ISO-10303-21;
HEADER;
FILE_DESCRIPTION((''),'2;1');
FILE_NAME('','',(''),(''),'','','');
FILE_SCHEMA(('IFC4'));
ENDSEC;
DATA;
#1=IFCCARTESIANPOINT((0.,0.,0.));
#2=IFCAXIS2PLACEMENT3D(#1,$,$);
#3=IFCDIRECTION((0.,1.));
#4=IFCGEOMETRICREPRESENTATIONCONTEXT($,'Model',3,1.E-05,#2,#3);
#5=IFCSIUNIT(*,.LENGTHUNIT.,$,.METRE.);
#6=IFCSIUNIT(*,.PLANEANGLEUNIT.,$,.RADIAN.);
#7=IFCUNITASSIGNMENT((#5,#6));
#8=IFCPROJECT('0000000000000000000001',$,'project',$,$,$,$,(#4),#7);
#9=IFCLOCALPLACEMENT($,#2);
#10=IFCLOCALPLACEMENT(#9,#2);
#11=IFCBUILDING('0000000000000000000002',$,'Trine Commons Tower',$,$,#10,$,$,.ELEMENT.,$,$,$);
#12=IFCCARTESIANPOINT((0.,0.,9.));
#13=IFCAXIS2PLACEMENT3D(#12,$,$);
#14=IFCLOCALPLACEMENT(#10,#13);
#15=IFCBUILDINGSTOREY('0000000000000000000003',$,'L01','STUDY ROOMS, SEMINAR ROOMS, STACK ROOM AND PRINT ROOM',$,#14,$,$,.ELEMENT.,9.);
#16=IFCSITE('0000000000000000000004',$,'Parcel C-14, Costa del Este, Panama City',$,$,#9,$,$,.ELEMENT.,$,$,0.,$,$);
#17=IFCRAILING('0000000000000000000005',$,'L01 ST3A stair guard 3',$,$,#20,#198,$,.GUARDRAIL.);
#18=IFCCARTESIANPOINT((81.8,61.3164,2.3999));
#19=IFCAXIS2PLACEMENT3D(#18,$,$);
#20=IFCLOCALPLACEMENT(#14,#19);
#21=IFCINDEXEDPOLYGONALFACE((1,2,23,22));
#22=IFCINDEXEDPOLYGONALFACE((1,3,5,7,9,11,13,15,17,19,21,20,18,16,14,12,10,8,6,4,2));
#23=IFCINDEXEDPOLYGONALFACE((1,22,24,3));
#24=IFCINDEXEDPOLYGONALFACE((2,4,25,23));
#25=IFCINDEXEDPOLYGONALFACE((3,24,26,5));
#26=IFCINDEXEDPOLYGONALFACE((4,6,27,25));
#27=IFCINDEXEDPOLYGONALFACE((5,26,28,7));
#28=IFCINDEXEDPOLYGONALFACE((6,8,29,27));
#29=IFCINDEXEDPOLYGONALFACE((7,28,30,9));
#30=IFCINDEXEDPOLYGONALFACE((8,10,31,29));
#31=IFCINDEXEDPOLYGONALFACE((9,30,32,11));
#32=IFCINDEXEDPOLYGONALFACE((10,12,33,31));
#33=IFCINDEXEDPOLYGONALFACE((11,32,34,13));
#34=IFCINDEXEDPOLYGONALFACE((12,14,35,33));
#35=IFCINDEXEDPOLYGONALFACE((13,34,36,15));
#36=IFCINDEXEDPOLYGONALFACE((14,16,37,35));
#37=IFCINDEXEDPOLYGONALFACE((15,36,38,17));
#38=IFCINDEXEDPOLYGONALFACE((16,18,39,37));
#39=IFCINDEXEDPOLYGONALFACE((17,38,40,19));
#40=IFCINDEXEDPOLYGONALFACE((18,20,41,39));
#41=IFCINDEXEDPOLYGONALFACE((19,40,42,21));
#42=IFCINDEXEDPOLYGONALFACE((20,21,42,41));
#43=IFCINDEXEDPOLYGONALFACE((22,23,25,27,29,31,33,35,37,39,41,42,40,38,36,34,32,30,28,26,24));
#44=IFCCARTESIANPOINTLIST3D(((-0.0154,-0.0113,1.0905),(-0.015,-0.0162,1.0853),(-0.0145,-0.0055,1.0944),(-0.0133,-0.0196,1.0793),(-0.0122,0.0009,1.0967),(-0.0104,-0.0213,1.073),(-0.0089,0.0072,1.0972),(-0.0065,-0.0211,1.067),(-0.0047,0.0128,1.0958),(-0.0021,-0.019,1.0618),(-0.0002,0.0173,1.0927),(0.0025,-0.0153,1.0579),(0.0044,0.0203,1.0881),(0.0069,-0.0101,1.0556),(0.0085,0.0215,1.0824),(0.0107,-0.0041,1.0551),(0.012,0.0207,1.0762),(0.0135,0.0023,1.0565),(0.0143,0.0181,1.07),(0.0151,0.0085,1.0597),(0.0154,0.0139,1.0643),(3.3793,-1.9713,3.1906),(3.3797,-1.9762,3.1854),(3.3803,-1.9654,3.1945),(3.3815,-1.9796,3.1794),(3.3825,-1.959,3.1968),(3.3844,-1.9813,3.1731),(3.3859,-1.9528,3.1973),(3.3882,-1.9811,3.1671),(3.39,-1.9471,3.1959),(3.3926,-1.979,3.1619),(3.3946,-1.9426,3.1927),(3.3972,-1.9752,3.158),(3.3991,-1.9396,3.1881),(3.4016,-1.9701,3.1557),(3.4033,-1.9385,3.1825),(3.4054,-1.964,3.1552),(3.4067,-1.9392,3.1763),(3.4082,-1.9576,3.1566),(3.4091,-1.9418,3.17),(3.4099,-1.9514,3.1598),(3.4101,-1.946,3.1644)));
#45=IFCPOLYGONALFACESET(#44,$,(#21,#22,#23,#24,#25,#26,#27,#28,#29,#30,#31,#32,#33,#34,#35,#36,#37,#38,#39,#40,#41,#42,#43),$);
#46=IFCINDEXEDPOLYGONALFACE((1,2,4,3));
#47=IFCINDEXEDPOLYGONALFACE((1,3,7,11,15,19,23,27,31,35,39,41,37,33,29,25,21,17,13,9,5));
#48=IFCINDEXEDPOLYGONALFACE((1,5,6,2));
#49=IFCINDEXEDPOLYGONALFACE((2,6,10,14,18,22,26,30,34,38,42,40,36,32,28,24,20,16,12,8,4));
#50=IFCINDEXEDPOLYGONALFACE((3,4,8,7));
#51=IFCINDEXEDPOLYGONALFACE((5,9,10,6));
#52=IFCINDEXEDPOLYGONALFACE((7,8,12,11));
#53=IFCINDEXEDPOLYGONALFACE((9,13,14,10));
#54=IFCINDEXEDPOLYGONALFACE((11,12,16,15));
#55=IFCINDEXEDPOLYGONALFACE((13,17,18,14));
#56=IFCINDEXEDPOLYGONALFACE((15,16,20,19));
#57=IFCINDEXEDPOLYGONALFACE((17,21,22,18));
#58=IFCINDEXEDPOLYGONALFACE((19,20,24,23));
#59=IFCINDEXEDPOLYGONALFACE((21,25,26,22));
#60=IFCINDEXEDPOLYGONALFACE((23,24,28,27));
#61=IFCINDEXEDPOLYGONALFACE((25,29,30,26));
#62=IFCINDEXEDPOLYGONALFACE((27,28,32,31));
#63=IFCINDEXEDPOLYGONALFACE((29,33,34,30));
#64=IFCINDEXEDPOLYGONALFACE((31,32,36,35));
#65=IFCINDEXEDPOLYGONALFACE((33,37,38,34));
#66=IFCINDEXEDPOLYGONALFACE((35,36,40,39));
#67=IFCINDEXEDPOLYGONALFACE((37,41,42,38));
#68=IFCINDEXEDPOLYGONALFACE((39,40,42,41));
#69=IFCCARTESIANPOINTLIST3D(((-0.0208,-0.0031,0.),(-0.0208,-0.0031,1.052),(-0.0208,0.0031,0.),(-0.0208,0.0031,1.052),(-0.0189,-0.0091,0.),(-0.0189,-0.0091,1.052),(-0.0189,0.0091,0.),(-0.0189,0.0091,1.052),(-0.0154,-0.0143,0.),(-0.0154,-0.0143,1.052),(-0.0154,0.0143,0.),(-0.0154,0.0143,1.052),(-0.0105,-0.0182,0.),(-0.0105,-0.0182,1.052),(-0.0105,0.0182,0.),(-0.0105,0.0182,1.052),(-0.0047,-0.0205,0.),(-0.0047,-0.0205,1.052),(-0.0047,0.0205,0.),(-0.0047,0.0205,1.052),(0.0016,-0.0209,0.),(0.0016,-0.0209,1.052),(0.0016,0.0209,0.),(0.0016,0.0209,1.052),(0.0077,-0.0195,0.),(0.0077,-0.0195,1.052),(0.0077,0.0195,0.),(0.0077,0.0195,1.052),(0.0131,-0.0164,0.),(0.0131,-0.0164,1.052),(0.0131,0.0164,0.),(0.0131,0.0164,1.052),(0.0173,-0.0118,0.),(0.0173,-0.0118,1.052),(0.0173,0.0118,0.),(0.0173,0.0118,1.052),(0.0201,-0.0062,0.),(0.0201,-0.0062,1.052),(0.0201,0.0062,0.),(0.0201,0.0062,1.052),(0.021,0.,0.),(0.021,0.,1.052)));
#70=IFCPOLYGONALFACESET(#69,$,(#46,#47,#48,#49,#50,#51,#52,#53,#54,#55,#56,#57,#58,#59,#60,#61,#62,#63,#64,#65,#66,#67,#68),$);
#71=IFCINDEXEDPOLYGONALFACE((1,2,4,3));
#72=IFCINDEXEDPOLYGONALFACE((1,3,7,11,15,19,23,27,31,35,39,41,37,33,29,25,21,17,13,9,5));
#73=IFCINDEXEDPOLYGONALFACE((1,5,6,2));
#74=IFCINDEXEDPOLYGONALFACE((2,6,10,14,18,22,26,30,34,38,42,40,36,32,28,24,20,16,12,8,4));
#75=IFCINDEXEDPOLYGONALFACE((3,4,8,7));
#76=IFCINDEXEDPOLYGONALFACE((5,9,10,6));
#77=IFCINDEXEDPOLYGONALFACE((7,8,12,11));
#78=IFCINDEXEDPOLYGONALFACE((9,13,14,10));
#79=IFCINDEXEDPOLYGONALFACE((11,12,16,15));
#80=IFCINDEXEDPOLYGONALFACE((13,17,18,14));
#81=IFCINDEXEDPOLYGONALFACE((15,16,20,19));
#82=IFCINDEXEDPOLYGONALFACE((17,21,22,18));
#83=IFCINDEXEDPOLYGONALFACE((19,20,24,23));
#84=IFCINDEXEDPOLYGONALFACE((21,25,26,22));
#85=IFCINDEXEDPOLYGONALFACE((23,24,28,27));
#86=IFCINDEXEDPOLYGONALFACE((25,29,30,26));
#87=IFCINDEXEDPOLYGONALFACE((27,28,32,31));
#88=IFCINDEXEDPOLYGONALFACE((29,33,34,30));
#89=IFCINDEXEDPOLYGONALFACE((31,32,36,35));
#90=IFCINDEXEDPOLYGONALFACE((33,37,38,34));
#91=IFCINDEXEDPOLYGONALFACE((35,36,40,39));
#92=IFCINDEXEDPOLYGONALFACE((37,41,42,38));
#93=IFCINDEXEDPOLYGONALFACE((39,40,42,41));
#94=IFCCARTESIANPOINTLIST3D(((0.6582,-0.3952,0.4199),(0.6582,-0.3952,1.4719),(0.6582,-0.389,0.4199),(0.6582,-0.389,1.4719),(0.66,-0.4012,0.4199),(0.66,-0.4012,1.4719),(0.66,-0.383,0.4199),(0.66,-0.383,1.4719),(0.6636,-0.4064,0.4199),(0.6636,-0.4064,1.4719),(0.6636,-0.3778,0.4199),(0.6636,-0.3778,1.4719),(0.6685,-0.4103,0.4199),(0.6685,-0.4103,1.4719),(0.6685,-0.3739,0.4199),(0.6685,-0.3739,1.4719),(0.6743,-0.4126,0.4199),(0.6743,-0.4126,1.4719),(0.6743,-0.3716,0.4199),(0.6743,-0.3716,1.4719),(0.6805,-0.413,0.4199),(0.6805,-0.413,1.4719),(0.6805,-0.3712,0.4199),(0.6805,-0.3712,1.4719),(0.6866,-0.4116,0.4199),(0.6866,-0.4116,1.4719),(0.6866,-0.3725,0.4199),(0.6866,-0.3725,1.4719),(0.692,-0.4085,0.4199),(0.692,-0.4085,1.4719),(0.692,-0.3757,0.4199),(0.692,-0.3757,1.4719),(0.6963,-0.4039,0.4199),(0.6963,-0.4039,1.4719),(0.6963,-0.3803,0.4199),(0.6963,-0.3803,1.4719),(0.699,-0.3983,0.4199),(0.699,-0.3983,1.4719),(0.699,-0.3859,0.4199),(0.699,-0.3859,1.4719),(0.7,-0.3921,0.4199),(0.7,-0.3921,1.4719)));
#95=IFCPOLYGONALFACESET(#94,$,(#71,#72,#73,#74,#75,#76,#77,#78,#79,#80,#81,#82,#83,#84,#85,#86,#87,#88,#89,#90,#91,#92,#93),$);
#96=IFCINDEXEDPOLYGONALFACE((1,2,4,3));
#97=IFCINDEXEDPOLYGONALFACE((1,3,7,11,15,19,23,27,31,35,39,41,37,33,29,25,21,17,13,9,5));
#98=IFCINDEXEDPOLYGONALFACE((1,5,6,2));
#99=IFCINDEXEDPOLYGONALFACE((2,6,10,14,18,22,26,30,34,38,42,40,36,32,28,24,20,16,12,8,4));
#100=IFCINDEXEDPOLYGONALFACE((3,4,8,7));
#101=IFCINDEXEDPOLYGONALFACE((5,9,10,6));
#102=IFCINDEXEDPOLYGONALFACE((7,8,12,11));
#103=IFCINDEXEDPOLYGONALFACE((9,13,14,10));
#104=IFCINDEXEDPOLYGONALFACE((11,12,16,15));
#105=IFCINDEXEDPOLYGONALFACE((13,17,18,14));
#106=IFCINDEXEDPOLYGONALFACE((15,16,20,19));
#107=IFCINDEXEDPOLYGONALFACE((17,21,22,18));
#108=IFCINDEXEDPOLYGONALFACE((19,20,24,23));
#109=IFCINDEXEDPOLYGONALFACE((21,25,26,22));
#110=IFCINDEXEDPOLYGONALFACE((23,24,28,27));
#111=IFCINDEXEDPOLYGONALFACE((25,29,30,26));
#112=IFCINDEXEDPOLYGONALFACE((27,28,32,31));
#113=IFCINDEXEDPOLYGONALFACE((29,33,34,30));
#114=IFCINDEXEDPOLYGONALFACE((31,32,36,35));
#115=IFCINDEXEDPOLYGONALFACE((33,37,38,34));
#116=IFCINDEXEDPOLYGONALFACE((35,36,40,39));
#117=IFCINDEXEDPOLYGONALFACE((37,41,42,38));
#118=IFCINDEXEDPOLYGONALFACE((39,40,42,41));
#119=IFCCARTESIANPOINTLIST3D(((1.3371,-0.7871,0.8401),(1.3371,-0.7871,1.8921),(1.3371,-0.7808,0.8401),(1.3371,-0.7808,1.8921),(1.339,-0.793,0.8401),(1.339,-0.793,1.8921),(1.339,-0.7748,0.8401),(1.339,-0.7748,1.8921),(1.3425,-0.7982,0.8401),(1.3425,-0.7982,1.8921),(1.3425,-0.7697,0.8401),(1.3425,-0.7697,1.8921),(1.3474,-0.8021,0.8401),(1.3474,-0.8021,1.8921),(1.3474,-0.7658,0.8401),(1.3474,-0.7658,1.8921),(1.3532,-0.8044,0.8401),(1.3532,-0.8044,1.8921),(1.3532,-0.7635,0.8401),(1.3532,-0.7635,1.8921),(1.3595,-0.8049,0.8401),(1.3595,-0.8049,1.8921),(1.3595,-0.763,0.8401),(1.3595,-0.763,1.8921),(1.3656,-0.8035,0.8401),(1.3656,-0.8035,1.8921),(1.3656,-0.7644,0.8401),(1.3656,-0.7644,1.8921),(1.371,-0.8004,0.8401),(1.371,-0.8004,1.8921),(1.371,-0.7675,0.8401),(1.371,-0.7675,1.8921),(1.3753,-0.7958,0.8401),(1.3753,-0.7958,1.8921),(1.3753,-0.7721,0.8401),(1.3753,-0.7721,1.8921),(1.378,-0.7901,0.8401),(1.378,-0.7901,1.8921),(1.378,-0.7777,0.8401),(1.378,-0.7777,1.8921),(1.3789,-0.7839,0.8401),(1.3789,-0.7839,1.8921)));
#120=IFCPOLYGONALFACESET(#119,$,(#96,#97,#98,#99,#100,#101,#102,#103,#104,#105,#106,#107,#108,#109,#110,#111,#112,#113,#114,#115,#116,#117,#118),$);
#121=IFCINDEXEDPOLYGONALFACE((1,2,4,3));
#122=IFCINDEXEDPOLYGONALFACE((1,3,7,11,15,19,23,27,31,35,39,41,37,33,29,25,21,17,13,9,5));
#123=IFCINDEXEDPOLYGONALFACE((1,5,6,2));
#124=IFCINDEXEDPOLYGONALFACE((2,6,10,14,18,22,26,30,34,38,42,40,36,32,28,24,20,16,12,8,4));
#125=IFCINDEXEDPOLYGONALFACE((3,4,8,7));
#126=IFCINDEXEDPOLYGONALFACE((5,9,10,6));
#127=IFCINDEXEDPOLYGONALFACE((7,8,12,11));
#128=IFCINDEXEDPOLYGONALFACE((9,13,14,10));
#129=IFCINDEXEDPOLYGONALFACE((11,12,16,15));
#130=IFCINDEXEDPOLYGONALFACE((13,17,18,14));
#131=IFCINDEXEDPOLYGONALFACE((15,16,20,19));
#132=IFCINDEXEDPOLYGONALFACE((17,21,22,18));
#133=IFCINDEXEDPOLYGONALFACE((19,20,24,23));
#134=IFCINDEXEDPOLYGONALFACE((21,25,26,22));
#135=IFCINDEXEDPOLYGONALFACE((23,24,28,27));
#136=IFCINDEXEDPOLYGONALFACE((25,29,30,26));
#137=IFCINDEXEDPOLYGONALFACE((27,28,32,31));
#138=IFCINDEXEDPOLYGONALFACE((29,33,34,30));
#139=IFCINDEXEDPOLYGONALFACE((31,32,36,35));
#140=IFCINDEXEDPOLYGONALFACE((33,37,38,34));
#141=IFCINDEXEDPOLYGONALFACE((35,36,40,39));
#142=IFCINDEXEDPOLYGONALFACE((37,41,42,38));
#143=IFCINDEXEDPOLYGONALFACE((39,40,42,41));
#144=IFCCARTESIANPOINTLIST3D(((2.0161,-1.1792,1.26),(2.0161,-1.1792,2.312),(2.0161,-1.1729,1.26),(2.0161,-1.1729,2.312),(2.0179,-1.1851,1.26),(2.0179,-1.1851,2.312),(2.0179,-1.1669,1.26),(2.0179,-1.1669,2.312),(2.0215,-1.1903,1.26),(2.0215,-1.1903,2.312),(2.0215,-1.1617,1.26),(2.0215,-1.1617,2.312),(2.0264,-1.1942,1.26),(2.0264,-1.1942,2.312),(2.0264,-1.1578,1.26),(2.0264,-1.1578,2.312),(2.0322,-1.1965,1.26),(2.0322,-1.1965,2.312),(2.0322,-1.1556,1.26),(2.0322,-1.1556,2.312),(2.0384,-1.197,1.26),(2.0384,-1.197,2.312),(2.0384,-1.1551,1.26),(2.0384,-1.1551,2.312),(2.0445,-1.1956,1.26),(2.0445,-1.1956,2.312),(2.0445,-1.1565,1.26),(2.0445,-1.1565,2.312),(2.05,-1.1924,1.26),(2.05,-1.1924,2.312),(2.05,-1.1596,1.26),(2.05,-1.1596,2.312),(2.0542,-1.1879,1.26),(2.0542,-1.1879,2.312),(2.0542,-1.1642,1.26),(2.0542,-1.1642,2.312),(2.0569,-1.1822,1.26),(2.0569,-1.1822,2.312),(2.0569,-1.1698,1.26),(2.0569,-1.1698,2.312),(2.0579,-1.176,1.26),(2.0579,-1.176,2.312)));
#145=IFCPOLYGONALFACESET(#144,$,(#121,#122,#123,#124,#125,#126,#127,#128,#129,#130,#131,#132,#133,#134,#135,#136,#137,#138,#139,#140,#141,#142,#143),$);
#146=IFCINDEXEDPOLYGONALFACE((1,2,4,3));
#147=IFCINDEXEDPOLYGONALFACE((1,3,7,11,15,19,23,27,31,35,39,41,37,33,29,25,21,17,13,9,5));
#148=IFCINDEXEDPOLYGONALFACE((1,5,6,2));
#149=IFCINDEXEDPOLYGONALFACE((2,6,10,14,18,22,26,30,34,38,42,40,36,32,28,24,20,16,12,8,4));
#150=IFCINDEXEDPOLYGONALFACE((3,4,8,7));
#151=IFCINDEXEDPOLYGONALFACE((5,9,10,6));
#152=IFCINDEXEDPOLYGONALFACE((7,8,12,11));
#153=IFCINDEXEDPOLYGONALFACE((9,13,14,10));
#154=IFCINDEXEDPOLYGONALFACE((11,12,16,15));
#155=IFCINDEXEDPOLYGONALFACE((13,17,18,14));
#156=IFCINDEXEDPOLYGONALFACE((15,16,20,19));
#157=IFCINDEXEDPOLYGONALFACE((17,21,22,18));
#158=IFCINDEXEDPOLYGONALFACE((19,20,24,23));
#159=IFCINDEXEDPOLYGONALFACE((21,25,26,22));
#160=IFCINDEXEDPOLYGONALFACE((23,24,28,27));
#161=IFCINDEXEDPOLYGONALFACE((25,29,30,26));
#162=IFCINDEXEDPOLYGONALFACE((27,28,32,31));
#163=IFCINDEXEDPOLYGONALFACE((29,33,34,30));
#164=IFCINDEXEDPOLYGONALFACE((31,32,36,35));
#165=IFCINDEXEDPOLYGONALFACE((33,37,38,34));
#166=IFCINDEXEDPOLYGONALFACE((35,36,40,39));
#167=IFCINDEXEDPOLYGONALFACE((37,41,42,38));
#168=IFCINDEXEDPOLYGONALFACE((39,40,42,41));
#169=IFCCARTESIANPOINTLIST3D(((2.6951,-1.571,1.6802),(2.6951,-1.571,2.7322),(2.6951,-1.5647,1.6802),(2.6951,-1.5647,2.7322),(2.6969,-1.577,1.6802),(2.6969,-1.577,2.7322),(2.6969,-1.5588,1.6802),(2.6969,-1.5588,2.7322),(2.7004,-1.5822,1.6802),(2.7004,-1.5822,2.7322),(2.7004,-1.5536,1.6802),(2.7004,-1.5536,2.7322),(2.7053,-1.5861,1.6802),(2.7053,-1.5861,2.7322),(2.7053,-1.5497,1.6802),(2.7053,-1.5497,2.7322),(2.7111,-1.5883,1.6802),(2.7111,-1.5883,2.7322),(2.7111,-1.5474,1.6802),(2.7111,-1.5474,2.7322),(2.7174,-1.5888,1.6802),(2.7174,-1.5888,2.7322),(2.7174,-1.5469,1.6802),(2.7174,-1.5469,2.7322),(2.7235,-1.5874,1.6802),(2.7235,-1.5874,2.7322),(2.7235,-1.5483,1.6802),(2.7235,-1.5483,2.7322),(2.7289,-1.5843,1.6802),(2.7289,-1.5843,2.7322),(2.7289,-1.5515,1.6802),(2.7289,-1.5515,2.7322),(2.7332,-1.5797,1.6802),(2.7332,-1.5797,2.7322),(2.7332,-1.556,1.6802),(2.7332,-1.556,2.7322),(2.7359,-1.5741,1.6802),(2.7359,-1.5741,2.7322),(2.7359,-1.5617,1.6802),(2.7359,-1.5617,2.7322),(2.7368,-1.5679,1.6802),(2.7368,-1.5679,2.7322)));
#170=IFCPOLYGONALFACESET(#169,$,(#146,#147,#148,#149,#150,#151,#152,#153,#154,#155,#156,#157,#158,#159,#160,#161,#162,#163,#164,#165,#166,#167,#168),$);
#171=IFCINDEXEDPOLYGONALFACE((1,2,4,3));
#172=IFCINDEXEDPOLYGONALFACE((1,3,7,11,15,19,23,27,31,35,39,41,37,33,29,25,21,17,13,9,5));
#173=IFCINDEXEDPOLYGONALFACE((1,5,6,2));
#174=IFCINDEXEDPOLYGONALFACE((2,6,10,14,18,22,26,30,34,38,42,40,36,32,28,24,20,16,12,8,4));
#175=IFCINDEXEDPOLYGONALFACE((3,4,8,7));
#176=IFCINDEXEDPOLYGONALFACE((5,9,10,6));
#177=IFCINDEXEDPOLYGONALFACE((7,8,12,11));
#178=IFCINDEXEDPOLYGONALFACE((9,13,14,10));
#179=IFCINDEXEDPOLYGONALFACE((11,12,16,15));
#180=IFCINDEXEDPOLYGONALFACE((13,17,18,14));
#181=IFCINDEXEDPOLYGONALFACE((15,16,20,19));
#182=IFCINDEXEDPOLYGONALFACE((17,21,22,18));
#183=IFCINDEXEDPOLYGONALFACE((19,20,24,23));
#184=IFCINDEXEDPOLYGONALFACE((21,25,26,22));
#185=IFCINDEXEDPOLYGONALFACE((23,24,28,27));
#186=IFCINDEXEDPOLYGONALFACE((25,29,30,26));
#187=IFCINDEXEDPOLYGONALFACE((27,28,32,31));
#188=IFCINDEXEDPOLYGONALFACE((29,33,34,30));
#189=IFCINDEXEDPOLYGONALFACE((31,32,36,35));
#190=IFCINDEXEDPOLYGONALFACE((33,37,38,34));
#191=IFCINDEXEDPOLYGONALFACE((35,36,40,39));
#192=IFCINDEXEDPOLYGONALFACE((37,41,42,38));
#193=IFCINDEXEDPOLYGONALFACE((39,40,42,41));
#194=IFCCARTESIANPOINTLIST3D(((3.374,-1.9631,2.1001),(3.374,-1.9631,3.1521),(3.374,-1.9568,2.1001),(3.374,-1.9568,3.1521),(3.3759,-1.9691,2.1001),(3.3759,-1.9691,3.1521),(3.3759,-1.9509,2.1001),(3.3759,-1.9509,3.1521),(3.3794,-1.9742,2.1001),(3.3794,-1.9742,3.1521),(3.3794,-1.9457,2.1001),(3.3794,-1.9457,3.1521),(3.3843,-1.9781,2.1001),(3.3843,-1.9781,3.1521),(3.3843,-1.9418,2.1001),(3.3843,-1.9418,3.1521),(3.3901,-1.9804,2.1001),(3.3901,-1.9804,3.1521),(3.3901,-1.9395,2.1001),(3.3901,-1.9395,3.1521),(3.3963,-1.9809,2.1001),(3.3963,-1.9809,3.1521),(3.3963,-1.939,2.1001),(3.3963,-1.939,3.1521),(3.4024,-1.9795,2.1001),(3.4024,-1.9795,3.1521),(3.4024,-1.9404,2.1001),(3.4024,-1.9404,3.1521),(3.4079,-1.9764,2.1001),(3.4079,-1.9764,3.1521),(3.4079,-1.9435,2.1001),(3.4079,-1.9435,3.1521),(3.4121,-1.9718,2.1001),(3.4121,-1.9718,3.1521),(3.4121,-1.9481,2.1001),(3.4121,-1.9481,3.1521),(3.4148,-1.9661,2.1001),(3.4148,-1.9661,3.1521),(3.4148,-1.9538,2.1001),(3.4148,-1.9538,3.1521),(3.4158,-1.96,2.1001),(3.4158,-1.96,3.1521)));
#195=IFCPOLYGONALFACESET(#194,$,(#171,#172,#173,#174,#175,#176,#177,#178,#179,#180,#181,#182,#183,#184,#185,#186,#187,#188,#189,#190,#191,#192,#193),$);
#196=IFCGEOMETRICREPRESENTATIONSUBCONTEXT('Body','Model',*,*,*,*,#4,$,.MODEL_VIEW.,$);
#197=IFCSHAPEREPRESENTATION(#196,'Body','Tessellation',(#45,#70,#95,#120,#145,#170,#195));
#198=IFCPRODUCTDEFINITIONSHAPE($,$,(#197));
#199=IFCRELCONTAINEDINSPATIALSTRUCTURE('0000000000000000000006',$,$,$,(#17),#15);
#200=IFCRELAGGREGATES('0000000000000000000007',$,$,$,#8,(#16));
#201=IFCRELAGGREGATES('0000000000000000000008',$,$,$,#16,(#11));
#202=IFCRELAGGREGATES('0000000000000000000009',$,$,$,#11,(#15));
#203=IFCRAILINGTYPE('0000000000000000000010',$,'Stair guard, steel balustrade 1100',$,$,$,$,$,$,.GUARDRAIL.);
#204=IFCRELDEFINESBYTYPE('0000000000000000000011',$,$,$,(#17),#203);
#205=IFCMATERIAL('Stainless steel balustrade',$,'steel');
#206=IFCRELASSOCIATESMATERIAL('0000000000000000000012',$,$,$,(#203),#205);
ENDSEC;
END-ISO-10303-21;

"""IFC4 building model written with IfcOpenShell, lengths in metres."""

from ifc_helpers import new_model, si_unit, direction, frame, origin, origin_2d, place, context, subcontext, project, spatial, circle, extrude, material, type_object, element, save


model = new_model("IFC4")

# Units and contexts
model_context = context("Model", 3, precision=1e-05, world=origin(), true_north=direction((0.0, 1.0)))
body_context = subcontext(model_context, "Body", "Model", "MODEL_VIEW")
ifc_project = project(units=[si_unit("LENGTHUNIT", "METRE"), si_unit("PLANEANGLEUNIT", "RADIAN")], contexts=[model_context])

# Site, building, storey
site_placement = place(None, origin())
site = spatial("IfcSite", under=ifc_project, at=site_placement, Name="Parcel C-14, Costa del Este, Panama City", CompositionType="ELEMENT", RefElevation=0.0)
building_placement = place(site_placement, origin())
building = spatial("IfcBuilding", under=site, at=building_placement, Name="Trine Commons Tower", CompositionType="ELEMENT")
storey_placement = place(building_placement, frame((0.0, 0.0, 9.0)))
storey = spatial("IfcBuildingStorey", under=building, at=storey_placement, Name="L01", Description="STUDY ROOMS, SEMINAR ROOMS, STACK ROOM AND PRINT ROOM", CompositionType="ELEMENT", Elevation=9.0)

# Railing
ifc_material_1 = material(Name="Stainless steel balustrade", Category="steel")
railing_type_1 = type_object("IfcRailingType", Name="Stair guard, steel balustrade 1100", PredefinedType="GUARDRAIL", material=ifc_material_1)
railing_1_placement = place(storey_placement, frame((81.8, 61.3164, 2.3999)))
element("IfcRailing", 1, at=railing_1_placement, inside=storey, type_object=railing_type_1, Name="L01 ST3A stair guard 3", PredefinedType="GUARDRAIL", context=body_context, shape_type="SweptSolid", body=[
    extrude(circle(Radius=0.0239, at=origin_2d()), frame((0.0, 0.0, 1.0762), z_axis=(0.763375, -0.440732, 0.472244), x_axis=(0.499997, 0.866027, 0.0)), (0.0, 0.0, 1.0), 4.447),
    extrude(circle(Radius=0.021, at=origin_2d()), origin(), (0.0, 0.0, 1.0), 1.052),
    extrude(circle(Radius=0.021, at=origin_2d()), frame((0.679, -0.3921, 0.4199)), (0.0, 0.0, 1.0), 1.052),
    extrude(circle(Radius=0.021, at=origin_2d()), frame((1.3579, -0.7839, 0.8401)), (0.0, 0.0, 1.0), 1.052),
    extrude(circle(Radius=0.021, at=origin_2d()), frame((2.0369, -1.176, 1.26)), (0.0, 0.0, 1.0), 1.052),
    extrude(circle(Radius=0.021, at=origin_2d()), frame((2.7158, -1.5679, 1.6802)), (0.0, 0.0, 1.0), 1.052),
    extrude(circle(Radius=0.021, at=origin_2d()), frame((3.3948, -1.96, 2.1001)), (0.0, 0.0, 1.0), 1.052),
])

save(model, "model.ifc")
